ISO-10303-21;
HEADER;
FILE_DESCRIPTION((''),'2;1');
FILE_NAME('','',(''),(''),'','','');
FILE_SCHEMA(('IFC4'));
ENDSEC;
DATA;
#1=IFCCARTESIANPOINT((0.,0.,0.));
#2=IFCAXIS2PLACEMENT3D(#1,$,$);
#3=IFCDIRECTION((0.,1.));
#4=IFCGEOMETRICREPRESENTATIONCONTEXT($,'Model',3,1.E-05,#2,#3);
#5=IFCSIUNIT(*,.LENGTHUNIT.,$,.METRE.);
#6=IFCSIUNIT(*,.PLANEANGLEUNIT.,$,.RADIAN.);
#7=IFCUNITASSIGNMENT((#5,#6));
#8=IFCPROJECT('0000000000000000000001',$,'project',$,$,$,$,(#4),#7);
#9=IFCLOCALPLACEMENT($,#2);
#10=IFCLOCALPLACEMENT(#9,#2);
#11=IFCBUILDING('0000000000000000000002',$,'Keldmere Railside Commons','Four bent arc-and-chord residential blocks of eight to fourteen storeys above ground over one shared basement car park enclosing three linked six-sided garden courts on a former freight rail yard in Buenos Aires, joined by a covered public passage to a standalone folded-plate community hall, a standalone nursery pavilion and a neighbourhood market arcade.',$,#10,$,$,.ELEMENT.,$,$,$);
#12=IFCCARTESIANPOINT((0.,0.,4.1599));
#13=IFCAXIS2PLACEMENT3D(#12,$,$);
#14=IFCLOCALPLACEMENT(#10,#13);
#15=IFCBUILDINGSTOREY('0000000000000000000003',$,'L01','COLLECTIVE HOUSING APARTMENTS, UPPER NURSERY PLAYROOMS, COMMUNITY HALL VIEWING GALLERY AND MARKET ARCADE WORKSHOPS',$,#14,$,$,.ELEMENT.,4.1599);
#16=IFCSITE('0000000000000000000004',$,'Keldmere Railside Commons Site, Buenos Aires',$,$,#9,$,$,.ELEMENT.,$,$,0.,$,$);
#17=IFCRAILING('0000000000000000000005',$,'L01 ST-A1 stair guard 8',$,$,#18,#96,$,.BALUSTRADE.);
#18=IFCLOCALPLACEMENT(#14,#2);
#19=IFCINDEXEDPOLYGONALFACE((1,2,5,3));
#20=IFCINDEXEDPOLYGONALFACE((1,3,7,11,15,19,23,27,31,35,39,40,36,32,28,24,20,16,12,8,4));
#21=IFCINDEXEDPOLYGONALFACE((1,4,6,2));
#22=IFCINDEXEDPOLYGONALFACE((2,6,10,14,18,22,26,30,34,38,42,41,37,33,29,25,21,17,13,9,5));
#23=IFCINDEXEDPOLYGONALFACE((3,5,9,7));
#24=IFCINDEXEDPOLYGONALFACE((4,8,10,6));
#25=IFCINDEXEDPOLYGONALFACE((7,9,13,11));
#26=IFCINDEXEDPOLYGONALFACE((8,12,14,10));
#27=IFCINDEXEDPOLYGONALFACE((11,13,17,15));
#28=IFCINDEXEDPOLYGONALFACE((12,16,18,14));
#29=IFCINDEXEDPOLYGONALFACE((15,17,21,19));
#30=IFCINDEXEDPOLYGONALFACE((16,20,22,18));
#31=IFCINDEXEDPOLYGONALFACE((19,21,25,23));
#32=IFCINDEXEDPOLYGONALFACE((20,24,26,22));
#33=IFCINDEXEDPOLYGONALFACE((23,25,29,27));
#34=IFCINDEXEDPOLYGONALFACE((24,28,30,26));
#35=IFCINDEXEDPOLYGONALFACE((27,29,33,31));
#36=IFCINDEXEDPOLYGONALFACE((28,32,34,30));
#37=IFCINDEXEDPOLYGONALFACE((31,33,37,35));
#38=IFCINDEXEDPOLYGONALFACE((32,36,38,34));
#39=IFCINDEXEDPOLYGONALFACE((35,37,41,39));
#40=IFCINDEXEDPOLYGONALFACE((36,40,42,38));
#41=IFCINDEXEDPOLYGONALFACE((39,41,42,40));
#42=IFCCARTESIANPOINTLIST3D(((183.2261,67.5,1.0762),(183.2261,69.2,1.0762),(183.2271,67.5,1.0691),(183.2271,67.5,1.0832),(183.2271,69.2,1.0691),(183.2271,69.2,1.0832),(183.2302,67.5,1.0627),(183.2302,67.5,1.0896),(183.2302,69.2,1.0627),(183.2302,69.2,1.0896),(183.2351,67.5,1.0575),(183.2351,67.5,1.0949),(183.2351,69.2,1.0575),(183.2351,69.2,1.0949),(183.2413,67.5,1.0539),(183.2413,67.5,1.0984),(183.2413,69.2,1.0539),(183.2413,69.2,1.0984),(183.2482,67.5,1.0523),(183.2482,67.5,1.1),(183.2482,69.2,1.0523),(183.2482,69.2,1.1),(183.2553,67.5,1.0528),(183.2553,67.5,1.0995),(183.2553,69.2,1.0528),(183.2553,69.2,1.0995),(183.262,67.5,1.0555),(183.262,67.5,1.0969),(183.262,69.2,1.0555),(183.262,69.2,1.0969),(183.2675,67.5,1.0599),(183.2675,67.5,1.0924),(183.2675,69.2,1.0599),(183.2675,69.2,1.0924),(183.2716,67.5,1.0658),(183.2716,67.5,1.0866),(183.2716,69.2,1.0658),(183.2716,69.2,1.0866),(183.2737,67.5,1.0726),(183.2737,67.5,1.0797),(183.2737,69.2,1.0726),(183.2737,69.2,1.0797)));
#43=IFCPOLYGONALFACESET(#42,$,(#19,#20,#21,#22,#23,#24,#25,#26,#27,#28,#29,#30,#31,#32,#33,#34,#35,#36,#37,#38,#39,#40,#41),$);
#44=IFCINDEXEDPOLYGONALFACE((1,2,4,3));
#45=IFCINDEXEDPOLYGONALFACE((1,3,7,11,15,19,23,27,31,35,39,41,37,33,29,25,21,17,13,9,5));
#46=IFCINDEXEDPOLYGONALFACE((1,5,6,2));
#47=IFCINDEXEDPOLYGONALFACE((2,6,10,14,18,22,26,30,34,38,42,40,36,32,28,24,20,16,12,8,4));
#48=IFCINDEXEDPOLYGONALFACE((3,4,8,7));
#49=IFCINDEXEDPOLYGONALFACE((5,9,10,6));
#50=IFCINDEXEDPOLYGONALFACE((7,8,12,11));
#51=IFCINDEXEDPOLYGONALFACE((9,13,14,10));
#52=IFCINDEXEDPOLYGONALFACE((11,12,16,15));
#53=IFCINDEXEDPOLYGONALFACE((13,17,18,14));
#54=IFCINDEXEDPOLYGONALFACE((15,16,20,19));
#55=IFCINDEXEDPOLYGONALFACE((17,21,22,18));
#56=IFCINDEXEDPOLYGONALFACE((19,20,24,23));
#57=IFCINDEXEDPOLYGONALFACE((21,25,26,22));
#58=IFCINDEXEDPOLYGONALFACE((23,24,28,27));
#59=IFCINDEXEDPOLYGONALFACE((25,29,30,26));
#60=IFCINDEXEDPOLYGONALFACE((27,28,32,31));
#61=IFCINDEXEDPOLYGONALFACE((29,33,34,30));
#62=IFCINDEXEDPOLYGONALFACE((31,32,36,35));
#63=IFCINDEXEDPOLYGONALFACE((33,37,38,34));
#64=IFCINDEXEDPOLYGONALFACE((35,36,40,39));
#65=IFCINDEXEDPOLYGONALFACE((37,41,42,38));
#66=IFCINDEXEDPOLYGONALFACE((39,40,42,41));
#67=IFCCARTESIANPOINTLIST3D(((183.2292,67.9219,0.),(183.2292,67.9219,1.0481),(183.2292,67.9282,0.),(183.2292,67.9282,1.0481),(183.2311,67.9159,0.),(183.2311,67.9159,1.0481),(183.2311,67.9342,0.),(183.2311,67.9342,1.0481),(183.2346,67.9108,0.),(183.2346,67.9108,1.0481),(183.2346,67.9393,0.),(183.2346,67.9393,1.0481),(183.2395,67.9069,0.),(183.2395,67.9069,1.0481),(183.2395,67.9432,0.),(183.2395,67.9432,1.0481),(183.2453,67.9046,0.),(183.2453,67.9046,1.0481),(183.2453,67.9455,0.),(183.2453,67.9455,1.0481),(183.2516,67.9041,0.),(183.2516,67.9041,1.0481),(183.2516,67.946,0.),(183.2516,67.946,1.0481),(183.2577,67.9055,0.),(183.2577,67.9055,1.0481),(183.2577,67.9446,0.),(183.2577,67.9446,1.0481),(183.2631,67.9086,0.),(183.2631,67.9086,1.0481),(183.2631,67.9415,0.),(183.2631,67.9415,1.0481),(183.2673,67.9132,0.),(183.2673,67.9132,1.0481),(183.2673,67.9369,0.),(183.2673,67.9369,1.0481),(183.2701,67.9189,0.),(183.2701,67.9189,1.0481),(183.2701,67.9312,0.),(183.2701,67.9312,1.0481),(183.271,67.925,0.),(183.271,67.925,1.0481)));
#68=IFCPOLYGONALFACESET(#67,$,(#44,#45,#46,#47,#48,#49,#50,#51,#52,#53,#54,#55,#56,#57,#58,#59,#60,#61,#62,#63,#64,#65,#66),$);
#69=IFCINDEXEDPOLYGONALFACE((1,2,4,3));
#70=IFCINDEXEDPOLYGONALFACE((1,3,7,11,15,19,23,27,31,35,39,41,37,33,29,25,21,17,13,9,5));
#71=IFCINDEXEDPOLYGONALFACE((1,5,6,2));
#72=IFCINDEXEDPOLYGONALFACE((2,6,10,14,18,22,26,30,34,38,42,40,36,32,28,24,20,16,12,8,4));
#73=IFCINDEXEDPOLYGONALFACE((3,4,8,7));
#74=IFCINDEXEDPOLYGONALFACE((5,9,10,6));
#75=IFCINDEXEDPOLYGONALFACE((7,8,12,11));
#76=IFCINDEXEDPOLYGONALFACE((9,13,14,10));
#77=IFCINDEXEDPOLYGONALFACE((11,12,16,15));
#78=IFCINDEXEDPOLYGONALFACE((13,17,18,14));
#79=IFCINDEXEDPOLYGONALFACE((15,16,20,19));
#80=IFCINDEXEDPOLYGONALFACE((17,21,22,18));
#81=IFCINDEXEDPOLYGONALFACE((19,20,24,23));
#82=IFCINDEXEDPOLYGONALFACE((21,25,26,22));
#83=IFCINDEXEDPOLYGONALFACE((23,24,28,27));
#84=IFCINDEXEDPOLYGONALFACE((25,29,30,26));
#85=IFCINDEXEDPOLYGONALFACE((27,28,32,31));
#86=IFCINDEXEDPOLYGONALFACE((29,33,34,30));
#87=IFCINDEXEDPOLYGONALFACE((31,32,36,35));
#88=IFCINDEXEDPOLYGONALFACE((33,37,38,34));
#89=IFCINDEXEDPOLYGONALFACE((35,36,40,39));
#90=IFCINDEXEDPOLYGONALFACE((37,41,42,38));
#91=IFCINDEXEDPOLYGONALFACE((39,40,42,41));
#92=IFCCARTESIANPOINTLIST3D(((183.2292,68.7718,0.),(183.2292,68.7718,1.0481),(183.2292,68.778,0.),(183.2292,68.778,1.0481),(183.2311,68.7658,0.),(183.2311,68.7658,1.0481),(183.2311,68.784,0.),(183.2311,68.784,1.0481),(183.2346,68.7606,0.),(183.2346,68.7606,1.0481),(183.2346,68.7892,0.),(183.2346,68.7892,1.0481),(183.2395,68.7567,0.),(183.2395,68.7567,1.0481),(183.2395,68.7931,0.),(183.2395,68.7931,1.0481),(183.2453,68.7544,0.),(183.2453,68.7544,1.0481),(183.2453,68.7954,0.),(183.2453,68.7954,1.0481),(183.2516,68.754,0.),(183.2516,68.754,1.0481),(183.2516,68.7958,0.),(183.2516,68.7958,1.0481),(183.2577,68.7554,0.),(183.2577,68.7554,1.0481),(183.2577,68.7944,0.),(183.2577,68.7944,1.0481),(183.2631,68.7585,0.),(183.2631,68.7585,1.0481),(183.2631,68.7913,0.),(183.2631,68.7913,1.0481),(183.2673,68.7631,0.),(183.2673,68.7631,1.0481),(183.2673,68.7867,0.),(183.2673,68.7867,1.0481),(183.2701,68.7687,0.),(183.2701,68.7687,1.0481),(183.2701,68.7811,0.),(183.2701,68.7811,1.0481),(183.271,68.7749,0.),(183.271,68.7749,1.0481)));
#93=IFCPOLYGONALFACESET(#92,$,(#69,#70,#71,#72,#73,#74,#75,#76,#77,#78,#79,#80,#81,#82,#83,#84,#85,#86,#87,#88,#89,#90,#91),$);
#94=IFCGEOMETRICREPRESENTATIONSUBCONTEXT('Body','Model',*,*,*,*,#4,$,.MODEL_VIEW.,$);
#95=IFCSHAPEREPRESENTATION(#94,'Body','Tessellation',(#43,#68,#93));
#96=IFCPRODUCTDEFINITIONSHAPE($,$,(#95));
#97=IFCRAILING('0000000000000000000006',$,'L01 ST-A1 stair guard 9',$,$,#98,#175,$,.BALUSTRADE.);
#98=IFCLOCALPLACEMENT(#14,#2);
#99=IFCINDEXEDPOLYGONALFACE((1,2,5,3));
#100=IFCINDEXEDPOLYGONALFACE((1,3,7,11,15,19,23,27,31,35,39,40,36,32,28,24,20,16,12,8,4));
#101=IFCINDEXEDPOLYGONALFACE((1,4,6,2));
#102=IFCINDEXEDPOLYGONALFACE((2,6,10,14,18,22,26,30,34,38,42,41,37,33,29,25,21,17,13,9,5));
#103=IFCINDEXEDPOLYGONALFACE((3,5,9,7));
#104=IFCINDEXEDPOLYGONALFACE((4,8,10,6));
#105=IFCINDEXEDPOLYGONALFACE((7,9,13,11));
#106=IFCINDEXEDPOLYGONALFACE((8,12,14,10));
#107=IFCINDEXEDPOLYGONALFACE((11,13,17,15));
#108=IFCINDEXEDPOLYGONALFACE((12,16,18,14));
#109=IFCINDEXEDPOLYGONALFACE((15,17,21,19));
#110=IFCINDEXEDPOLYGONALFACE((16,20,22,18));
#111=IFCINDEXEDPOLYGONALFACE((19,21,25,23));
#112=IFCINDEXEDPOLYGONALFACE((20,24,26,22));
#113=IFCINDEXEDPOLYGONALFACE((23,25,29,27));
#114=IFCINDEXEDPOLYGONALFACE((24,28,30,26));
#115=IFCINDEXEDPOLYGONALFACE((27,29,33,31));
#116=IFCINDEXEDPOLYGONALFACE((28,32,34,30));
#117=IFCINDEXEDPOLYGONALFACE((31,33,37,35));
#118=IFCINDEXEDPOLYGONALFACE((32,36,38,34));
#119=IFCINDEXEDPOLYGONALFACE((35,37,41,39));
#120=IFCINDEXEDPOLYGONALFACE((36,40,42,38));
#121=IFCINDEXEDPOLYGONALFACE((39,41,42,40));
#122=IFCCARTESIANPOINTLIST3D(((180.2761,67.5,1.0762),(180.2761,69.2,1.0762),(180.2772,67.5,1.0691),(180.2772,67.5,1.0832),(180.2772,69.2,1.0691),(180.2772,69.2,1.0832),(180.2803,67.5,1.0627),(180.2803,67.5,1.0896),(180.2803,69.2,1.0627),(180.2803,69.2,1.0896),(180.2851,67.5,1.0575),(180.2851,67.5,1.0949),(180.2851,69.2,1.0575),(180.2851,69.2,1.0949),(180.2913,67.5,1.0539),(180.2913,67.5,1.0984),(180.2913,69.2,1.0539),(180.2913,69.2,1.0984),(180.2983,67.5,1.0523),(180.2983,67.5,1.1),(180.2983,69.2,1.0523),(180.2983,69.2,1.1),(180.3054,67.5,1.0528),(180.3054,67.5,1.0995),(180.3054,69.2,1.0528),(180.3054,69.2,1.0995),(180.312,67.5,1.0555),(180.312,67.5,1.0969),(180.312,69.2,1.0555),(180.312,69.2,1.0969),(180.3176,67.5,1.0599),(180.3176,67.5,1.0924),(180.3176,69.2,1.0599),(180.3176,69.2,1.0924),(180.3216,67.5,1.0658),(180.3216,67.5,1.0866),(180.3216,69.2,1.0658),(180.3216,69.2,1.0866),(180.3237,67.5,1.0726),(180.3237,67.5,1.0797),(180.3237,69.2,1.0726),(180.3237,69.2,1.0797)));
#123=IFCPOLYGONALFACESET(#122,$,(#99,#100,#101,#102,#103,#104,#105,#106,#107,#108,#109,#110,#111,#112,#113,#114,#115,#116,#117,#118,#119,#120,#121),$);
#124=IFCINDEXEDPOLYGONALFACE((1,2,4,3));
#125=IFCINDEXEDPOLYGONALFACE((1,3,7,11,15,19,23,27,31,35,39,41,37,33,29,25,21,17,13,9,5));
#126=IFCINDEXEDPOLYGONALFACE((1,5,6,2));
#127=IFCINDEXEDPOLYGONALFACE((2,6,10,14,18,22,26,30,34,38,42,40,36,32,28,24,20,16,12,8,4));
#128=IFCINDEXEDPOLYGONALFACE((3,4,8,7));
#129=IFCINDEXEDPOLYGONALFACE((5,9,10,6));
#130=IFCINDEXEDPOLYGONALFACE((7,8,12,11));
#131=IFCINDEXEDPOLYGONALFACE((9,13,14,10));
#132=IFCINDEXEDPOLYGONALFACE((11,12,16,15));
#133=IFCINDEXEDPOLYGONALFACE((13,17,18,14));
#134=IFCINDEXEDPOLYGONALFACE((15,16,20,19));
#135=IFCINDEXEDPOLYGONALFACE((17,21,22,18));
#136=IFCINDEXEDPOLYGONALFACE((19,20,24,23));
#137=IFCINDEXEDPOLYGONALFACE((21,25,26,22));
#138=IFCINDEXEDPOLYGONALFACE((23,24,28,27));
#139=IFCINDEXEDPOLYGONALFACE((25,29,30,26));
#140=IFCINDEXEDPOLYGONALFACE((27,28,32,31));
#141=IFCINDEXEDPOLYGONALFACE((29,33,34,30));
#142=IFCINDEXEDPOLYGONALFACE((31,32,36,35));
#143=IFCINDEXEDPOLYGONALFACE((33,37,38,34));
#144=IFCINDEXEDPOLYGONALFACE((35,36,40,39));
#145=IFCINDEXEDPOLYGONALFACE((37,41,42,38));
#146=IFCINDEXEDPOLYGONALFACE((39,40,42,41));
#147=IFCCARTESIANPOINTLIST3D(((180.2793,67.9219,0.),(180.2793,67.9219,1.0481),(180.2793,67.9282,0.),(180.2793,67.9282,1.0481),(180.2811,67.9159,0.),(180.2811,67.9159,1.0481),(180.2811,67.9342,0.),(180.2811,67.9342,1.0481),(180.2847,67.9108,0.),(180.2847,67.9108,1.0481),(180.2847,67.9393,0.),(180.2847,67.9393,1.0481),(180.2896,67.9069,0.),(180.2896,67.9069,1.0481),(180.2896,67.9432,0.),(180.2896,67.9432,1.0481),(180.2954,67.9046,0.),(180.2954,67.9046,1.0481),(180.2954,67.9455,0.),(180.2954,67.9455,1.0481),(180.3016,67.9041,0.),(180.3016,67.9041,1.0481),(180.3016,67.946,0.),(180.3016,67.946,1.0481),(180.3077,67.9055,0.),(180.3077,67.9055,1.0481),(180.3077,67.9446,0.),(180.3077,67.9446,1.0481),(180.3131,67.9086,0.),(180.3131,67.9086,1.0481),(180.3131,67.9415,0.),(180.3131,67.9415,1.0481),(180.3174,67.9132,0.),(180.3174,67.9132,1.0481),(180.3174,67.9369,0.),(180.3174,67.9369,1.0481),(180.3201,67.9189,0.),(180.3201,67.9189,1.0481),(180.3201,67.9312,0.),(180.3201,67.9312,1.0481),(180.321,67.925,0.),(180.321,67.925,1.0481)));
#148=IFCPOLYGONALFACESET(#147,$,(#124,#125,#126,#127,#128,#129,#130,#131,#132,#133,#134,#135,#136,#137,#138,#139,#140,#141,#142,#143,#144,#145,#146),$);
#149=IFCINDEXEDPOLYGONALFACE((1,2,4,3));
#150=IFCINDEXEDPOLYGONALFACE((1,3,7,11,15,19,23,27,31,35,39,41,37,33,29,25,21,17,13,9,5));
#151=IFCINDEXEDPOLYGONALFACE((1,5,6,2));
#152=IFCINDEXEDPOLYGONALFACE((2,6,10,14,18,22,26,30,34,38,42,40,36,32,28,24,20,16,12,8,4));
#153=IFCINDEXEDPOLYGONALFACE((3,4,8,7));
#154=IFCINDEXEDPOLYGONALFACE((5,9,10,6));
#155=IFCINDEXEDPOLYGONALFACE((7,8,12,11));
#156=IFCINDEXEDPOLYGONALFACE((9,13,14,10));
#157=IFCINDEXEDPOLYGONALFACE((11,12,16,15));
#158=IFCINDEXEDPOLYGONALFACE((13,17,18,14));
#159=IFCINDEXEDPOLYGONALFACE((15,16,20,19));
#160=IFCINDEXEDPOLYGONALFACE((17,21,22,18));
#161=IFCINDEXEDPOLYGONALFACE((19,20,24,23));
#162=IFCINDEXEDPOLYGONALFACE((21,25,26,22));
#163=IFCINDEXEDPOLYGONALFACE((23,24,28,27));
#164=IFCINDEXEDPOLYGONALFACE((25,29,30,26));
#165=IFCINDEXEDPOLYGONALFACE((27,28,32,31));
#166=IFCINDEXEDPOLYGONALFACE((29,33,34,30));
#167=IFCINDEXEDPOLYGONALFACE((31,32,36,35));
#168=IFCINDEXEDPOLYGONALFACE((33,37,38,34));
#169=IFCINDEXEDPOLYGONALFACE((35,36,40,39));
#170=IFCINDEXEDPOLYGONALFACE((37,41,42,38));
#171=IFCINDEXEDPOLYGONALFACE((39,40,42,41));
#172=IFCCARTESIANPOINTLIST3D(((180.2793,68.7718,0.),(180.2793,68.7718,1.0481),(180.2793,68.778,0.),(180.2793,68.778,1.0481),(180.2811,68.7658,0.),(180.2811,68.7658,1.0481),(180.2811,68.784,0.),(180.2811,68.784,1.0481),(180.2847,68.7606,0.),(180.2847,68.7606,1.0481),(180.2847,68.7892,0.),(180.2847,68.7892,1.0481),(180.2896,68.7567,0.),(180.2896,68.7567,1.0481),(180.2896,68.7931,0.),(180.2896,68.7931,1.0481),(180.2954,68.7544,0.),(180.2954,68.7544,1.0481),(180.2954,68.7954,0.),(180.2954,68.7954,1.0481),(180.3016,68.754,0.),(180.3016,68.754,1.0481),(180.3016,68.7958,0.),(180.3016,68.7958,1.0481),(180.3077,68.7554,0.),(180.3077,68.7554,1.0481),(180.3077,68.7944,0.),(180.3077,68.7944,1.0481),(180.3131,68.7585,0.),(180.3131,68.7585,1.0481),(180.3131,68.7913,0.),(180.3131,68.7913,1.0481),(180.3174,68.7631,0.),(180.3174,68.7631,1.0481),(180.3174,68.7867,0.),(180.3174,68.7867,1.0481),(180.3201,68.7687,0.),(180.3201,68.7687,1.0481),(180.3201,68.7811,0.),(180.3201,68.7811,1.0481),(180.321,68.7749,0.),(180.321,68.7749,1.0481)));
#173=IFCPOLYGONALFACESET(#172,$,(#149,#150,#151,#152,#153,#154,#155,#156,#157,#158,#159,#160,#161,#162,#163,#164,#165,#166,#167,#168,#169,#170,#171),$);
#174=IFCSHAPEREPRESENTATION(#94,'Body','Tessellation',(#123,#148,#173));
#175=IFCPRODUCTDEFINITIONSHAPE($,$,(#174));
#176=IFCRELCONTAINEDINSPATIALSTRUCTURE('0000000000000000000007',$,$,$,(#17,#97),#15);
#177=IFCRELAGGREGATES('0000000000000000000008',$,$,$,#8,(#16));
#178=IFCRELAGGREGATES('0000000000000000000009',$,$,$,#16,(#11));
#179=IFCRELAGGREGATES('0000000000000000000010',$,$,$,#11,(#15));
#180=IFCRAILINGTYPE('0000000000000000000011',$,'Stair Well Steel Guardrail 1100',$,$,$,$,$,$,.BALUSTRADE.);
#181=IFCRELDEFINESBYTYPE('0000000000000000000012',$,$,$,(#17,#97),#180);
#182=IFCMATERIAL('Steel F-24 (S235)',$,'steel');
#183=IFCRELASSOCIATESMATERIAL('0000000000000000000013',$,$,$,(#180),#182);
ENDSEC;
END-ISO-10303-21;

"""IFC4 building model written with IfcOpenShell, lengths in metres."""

from ifc_helpers import new_model, si_unit, direction, frame, origin, origin_2d, place, context, subcontext, project, spatial, circle, extrude, material, type_object, element, save


model = new_model("IFC4")

# Units and contexts
model_context = context("Model", 3, precision=1e-05, world=origin(), true_north=direction((0.0, 1.0)))
body_context = subcontext(model_context, "Body", "Model", "MODEL_VIEW")
ifc_project = project(units=[si_unit("LENGTHUNIT", "METRE"), si_unit("PLANEANGLEUNIT", "RADIAN")], contexts=[model_context])

# Site, building, storey
site_placement = place(None, origin())
site = spatial("IfcSite", under=ifc_project, at=site_placement, Name="Keldmere Railside Commons Site, Buenos Aires", CompositionType="ELEMENT", RefElevation=0.0)
building_placement = place(site_placement, origin())
building = spatial("IfcBuilding", under=site, at=building_placement, Name="Keldmere Railside Commons", Description="Four bent arc-and-chord residential blocks of eight to fourteen storeys above ground over one shared basement car park enclosing three linked six-sided garden courts on a former freight rail yard in Buenos Aires, joined by a covered public passage to a standalone folded-plate community hall, a standalone nursery pavilion and a neighbourhood market arcade.", CompositionType="ELEMENT")
storey_placement = place(building_placement, frame((0.0, 0.0, 4.1599)))
storey = spatial("IfcBuildingStorey", under=building, at=storey_placement, Name="L01", Description="COLLECTIVE HOUSING APARTMENTS, UPPER NURSERY PLAYROOMS, COMMUNITY HALL VIEWING GALLERY AND MARKET ARCADE WORKSHOPS", CompositionType="ELEMENT", Elevation=4.1599)

# Railings
ifc_material_1 = material(Name="Steel F-24 (S235)", Category="steel")
railing_type_1 = type_object("IfcRailingType", Name="Stair Well Steel Guardrail 1100", PredefinedType="BALUSTRADE", material=ifc_material_1)
for number, where, name in (
    (1, (183.25, 67.5, 0.0), "L01 ST-A1 stair guard 8"),
    (2, (180.3, 67.5, 0.0), "L01 ST-A1 stair guard 9"),
):
    element("IfcRailing", number, at=place(storey_placement, frame(where)), inside=storey, type_object=railing_type_1, Name=name, PredefinedType="BALUSTRADE", context=body_context, shape_type="SweptSolid", body=[
        extrude(circle(Radius=0.0239, at=origin_2d()), frame((0.0, 0.0, 1.0762), z_axis=(0.0, 1.0, 0.0), x_axis=(-1.0, 0.0, 0.0)), (0.0, 0.0, 1.0), 1.7),
        extrude(circle(Radius=0.021, at=origin_2d()), frame((0.0, 0.425, 0.0)), (0.0, 0.0, 1.0), 1.0481),
        extrude(circle(Radius=0.021, at=origin_2d()), frame((0.0, 1.2749, 0.0)), (0.0, 0.0, 1.0), 1.0481),
    ])

save(model, "model.ifc")
